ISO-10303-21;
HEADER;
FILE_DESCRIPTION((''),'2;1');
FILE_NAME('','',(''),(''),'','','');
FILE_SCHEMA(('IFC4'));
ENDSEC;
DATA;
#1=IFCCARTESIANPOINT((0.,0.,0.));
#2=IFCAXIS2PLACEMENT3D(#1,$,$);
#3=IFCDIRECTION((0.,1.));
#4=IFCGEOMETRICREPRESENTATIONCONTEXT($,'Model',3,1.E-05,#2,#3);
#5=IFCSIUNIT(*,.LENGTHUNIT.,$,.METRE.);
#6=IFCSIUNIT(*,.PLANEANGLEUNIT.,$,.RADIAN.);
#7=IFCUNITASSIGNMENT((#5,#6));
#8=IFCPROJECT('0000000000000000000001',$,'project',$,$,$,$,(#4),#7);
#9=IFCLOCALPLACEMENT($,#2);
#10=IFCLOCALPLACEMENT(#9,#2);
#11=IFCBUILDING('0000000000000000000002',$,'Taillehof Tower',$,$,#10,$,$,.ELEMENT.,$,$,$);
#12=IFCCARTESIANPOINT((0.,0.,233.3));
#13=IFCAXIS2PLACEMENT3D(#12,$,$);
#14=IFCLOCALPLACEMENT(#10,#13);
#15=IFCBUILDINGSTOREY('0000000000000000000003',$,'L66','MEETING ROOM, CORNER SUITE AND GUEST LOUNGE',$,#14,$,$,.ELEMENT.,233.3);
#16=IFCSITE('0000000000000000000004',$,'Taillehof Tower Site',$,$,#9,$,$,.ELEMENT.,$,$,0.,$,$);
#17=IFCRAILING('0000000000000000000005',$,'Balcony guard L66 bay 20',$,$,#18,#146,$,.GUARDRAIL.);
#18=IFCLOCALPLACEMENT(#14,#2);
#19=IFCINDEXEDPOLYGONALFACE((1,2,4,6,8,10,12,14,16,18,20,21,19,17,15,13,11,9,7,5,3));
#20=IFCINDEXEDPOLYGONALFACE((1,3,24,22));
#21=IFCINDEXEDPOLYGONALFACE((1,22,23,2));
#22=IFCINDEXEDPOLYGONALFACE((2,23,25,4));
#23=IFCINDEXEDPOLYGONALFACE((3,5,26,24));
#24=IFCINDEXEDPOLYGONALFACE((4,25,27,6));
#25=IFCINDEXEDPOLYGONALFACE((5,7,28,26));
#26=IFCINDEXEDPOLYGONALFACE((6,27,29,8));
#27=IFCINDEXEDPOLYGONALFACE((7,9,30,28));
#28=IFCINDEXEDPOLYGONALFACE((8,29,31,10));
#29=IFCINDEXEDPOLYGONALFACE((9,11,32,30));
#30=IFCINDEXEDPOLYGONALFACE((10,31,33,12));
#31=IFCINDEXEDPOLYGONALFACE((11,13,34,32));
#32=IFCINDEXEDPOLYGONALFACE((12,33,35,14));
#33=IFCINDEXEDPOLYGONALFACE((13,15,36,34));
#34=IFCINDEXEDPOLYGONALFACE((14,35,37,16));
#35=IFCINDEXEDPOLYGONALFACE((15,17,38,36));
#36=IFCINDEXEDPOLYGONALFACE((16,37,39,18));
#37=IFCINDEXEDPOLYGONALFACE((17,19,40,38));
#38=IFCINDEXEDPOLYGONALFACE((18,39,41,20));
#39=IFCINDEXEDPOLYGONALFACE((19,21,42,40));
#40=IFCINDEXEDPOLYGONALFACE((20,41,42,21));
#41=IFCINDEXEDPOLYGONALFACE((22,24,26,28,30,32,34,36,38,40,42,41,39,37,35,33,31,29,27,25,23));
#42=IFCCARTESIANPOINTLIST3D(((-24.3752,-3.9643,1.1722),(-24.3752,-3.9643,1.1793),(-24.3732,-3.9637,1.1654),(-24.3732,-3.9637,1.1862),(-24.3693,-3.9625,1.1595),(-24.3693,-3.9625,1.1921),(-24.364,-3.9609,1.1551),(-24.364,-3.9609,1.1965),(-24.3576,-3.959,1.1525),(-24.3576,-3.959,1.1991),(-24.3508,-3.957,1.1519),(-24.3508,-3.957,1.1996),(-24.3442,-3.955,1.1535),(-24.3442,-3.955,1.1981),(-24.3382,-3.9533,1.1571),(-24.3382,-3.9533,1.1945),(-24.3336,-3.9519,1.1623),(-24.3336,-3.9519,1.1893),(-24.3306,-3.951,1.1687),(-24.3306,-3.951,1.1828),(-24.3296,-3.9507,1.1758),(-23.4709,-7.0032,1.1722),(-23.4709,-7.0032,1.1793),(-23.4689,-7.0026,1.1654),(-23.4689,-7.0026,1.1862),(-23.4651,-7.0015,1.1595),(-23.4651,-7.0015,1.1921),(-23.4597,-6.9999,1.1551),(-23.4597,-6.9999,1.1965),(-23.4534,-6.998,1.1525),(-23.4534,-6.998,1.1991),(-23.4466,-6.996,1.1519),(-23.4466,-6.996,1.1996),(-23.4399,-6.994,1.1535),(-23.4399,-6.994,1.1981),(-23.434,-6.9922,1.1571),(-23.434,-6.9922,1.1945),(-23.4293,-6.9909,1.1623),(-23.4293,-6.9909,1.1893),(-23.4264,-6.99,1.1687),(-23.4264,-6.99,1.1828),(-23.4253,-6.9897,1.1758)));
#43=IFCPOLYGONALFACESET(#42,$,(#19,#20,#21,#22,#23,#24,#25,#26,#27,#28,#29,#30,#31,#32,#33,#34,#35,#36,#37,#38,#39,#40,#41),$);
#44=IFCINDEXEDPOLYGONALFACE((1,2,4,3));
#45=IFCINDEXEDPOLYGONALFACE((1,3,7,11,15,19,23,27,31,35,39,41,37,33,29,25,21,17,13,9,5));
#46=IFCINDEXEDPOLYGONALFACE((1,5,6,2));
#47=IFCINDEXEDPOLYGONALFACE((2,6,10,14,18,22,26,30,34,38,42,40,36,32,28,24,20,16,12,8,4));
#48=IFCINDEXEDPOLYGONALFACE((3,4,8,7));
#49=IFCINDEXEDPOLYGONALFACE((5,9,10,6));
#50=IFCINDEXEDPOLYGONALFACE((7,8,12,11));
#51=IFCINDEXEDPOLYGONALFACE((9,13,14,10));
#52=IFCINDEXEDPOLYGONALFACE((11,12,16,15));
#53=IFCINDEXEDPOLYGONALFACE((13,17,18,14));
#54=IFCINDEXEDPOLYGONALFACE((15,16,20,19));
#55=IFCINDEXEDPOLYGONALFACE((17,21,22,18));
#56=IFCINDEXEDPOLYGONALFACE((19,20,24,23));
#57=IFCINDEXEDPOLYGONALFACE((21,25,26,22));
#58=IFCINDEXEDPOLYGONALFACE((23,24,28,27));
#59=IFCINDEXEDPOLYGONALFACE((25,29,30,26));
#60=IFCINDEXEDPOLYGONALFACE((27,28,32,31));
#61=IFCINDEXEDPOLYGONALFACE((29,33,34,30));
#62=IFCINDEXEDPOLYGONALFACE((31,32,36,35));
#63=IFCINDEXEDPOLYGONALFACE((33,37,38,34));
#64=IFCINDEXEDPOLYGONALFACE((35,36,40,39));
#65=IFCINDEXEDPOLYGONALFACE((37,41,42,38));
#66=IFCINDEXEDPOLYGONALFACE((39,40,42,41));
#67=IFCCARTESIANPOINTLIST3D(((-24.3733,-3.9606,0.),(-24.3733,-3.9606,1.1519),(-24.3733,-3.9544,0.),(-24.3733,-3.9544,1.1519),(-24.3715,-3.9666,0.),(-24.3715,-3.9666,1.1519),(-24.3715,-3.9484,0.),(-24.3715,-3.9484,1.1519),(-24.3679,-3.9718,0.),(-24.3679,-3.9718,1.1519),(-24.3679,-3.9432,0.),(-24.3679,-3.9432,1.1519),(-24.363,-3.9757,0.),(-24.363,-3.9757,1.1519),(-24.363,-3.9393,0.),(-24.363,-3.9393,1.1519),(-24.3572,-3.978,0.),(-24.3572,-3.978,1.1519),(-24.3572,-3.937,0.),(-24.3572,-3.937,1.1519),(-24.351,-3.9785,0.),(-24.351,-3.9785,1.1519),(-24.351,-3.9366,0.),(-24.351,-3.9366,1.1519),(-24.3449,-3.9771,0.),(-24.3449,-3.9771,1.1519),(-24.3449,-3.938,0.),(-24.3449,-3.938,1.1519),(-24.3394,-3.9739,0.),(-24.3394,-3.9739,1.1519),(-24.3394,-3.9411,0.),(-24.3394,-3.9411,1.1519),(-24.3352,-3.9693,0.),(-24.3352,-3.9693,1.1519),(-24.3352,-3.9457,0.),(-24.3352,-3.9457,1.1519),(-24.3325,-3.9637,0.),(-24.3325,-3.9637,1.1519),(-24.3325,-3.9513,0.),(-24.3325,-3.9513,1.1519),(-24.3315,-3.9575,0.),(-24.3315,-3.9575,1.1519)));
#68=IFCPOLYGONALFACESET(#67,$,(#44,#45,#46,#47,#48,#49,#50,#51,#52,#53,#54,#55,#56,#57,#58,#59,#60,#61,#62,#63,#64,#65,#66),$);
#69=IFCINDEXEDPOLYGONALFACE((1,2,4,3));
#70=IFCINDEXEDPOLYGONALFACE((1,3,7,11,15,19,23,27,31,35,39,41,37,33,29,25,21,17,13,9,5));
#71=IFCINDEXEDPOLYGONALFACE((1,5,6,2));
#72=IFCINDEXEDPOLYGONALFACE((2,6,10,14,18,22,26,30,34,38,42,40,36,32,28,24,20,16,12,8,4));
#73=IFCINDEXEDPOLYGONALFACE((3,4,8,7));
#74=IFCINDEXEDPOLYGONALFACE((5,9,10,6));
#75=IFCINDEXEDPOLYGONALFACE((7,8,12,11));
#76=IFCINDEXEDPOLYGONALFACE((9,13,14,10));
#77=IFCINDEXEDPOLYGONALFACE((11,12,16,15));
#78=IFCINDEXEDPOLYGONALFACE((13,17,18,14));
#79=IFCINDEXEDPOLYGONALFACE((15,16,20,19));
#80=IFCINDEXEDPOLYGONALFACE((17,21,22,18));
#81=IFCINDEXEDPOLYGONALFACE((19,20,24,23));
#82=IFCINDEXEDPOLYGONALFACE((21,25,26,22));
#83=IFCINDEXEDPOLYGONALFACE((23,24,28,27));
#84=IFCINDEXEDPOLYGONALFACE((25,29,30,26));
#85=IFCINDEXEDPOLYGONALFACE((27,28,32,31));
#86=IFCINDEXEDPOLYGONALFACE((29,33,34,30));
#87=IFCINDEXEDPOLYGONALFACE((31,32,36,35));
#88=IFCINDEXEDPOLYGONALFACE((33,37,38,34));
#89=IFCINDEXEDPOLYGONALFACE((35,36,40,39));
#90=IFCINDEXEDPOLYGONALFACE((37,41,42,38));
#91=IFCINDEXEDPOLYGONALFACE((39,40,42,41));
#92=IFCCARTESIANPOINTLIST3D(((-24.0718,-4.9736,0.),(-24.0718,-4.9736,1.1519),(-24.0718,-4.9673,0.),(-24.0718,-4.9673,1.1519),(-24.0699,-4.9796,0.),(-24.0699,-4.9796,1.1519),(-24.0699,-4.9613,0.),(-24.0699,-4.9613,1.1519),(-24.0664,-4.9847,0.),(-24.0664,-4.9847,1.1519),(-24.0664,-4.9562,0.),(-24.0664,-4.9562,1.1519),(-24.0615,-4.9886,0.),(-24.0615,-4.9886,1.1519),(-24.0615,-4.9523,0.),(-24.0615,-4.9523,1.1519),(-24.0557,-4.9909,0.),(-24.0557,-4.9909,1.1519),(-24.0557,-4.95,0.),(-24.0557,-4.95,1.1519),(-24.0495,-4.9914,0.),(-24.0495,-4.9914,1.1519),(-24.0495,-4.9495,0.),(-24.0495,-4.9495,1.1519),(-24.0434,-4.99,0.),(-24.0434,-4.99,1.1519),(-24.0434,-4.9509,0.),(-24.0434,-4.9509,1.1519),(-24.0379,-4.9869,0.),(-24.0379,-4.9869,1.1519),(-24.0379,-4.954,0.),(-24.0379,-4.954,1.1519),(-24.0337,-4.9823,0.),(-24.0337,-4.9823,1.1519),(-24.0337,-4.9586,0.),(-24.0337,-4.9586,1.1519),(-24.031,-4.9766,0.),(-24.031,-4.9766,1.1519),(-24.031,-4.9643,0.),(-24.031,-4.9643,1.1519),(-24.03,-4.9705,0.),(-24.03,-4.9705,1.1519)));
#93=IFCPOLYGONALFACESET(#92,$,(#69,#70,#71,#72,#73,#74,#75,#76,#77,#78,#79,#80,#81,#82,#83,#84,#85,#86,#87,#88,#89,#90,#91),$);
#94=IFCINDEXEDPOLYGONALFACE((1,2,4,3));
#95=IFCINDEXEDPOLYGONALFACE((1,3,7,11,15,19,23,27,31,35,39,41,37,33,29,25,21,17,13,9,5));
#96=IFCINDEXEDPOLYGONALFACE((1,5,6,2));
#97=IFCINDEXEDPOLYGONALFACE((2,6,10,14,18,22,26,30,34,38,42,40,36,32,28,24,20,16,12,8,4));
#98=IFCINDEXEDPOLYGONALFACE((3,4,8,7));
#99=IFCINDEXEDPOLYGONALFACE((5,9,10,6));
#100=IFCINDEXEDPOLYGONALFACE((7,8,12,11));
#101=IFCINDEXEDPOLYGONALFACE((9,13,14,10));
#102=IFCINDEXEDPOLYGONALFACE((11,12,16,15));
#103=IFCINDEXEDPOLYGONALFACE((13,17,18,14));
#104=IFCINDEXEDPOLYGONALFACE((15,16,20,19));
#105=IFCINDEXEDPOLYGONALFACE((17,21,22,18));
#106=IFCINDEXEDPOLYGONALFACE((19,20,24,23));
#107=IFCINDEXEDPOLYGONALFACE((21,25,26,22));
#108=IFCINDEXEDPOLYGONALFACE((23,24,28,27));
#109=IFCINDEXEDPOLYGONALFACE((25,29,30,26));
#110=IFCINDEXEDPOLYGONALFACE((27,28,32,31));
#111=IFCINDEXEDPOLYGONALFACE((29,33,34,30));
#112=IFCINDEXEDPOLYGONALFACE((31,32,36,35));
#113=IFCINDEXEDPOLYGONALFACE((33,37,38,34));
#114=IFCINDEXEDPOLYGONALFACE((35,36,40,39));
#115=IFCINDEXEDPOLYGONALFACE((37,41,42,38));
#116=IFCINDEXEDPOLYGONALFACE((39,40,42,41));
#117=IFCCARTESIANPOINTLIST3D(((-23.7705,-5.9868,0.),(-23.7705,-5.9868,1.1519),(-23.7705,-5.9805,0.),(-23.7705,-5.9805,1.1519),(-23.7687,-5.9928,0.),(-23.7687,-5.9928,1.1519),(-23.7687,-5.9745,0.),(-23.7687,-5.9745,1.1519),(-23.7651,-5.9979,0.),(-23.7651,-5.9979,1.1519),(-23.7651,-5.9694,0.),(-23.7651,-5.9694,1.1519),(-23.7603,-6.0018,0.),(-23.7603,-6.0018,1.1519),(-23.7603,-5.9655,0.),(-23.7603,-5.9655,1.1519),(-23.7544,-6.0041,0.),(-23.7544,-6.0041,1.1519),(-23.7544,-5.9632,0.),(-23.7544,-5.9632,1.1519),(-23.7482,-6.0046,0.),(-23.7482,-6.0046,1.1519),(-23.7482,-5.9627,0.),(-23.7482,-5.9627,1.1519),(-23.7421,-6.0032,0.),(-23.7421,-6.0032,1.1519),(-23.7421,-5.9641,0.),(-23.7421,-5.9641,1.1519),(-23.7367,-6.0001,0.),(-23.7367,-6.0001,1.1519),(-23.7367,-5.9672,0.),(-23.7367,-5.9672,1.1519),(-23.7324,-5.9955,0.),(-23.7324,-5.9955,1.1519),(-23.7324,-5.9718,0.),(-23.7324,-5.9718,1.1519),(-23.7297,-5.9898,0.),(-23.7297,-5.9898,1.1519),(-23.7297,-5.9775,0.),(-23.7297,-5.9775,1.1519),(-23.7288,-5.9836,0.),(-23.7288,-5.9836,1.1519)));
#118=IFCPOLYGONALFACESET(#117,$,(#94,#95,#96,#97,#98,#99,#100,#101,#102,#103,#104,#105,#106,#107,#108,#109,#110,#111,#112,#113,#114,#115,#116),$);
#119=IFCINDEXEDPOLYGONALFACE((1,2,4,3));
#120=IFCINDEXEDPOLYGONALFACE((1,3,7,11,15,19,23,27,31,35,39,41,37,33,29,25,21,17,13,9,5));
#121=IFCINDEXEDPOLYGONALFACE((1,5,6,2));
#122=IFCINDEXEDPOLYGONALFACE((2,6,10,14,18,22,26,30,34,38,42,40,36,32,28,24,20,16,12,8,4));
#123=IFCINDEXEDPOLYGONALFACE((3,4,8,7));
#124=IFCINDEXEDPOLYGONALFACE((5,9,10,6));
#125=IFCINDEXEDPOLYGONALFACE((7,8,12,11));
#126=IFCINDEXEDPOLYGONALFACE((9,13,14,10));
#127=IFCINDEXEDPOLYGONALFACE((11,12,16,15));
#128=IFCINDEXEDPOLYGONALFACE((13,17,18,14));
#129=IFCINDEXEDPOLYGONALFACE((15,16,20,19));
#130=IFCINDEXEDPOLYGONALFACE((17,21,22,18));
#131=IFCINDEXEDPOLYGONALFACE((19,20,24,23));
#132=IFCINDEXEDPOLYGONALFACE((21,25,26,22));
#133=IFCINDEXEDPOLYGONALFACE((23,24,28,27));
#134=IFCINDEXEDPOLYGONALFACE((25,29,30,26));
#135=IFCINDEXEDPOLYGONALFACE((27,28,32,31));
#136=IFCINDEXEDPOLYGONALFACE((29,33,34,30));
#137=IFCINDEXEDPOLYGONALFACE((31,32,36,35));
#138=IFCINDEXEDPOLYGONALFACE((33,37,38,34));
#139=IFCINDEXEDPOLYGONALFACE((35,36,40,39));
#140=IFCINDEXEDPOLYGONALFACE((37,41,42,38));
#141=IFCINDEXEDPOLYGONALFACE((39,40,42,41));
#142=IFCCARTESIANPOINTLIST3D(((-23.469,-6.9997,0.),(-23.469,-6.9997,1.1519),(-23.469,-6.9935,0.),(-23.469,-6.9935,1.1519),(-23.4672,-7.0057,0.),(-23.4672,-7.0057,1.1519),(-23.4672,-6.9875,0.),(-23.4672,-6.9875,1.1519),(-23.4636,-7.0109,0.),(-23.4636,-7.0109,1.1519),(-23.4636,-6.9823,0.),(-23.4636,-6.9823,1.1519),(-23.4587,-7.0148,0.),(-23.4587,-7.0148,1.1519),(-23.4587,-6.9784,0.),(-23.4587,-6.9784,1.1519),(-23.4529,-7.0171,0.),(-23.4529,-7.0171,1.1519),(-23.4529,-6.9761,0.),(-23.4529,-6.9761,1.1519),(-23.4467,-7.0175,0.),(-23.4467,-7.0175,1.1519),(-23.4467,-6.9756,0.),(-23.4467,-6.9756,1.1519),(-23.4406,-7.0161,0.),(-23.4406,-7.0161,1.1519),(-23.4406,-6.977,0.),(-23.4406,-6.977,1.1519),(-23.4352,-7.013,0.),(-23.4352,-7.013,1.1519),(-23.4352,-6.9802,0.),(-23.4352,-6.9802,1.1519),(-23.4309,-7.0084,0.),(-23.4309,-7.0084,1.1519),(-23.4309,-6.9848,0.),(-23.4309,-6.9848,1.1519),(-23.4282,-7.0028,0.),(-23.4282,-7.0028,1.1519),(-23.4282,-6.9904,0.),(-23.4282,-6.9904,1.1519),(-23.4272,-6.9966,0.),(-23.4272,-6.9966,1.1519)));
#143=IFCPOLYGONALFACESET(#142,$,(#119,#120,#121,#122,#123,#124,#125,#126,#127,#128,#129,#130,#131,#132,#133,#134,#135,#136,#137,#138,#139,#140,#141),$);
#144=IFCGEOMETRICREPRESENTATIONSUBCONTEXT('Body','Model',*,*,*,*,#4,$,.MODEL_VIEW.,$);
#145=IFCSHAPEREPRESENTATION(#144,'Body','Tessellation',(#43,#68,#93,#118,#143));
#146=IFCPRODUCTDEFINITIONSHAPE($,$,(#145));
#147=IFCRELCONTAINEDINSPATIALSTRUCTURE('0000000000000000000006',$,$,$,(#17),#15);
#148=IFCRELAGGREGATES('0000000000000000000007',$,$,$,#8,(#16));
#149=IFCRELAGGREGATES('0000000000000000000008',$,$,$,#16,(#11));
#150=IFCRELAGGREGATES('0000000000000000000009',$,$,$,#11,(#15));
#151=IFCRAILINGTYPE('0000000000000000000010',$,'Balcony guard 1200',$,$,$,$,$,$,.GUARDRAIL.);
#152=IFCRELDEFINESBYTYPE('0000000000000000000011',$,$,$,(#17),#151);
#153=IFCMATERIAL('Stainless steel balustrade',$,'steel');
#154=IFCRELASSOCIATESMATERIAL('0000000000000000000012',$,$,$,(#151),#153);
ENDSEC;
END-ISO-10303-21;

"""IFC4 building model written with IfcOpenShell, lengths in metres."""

from ifc_helpers import new_model, si_unit, direction, frame, origin, origin_2d, place, context, subcontext, project, spatial, circle, extrude, material, type_object, element, save


model = new_model("IFC4")

# Units and contexts
model_context = context("Model", 3, precision=1e-05, world=origin(), true_north=direction((0.0, 1.0)))
body_context = subcontext(model_context, "Body", "Model", "MODEL_VIEW")
ifc_project = project(units=[si_unit("LENGTHUNIT", "METRE"), si_unit("PLANEANGLEUNIT", "RADIAN")], contexts=[model_context])

# Site, building, storey
site_placement = place(None, origin())
site = spatial("IfcSite", under=ifc_project, at=site_placement, Name="Taillehof Tower Site", CompositionType="ELEMENT", RefElevation=0.0)
building_placement = place(site_placement, origin())
building = spatial("IfcBuilding", under=site, at=building_placement, Name="Taillehof Tower", CompositionType="ELEMENT")
storey_placement = place(building_placement, frame((0.0, 0.0, 233.3)))
storey = spatial("IfcBuildingStorey", under=building, at=storey_placement, Name="L66", Description="MEETING ROOM, CORNER SUITE AND GUEST LOUNGE", CompositionType="ELEMENT", Elevation=233.3)

# Railing
ifc_material_1 = material(Name="Stainless steel balustrade", Category="steel")
railing_type = type_object("IfcRailingType", Name="Balcony guard 1200", PredefinedType="GUARDRAIL", material=ifc_material_1)
railing_1_placement = place(storey_placement, frame((-24.3525, -3.9575, 0.0)))
element("IfcRailing", 1, at=railing_1_placement, inside=storey, type_object=railing_type, Name="Balcony guard L66 bay 20", PredefinedType="GUARDRAIL", context=body_context, shape_type="SweptSolid", body=[
    extrude(circle(Radius=0.0239, at=origin_2d()), frame((0.0, 0.0, 1.1758), z_axis=(0.2852, -0.958468, 0.0), x_axis=(0.958468, 0.2852, 0.0)), (0.0, 0.0, 1.0), 3.1707),
    extrude(circle(Radius=0.021, at=origin_2d()), origin(), (0.0, 0.0, 1.0), 1.1519),
    extrude(circle(Radius=0.021, at=origin_2d()), frame((0.3015, -1.0129, 0.0)), (0.0, 0.0, 1.0), 1.1519),
    extrude(circle(Radius=0.021, at=origin_2d()), frame((0.6028, -2.0261, 0.0)), (0.0, 0.0, 1.0), 1.1519),
    extrude(circle(Radius=0.021, at=origin_2d()), frame((0.9043, -3.0391, 0.0)), (0.0, 0.0, 1.0), 1.1519),
])

save(model, "model.ifc")
